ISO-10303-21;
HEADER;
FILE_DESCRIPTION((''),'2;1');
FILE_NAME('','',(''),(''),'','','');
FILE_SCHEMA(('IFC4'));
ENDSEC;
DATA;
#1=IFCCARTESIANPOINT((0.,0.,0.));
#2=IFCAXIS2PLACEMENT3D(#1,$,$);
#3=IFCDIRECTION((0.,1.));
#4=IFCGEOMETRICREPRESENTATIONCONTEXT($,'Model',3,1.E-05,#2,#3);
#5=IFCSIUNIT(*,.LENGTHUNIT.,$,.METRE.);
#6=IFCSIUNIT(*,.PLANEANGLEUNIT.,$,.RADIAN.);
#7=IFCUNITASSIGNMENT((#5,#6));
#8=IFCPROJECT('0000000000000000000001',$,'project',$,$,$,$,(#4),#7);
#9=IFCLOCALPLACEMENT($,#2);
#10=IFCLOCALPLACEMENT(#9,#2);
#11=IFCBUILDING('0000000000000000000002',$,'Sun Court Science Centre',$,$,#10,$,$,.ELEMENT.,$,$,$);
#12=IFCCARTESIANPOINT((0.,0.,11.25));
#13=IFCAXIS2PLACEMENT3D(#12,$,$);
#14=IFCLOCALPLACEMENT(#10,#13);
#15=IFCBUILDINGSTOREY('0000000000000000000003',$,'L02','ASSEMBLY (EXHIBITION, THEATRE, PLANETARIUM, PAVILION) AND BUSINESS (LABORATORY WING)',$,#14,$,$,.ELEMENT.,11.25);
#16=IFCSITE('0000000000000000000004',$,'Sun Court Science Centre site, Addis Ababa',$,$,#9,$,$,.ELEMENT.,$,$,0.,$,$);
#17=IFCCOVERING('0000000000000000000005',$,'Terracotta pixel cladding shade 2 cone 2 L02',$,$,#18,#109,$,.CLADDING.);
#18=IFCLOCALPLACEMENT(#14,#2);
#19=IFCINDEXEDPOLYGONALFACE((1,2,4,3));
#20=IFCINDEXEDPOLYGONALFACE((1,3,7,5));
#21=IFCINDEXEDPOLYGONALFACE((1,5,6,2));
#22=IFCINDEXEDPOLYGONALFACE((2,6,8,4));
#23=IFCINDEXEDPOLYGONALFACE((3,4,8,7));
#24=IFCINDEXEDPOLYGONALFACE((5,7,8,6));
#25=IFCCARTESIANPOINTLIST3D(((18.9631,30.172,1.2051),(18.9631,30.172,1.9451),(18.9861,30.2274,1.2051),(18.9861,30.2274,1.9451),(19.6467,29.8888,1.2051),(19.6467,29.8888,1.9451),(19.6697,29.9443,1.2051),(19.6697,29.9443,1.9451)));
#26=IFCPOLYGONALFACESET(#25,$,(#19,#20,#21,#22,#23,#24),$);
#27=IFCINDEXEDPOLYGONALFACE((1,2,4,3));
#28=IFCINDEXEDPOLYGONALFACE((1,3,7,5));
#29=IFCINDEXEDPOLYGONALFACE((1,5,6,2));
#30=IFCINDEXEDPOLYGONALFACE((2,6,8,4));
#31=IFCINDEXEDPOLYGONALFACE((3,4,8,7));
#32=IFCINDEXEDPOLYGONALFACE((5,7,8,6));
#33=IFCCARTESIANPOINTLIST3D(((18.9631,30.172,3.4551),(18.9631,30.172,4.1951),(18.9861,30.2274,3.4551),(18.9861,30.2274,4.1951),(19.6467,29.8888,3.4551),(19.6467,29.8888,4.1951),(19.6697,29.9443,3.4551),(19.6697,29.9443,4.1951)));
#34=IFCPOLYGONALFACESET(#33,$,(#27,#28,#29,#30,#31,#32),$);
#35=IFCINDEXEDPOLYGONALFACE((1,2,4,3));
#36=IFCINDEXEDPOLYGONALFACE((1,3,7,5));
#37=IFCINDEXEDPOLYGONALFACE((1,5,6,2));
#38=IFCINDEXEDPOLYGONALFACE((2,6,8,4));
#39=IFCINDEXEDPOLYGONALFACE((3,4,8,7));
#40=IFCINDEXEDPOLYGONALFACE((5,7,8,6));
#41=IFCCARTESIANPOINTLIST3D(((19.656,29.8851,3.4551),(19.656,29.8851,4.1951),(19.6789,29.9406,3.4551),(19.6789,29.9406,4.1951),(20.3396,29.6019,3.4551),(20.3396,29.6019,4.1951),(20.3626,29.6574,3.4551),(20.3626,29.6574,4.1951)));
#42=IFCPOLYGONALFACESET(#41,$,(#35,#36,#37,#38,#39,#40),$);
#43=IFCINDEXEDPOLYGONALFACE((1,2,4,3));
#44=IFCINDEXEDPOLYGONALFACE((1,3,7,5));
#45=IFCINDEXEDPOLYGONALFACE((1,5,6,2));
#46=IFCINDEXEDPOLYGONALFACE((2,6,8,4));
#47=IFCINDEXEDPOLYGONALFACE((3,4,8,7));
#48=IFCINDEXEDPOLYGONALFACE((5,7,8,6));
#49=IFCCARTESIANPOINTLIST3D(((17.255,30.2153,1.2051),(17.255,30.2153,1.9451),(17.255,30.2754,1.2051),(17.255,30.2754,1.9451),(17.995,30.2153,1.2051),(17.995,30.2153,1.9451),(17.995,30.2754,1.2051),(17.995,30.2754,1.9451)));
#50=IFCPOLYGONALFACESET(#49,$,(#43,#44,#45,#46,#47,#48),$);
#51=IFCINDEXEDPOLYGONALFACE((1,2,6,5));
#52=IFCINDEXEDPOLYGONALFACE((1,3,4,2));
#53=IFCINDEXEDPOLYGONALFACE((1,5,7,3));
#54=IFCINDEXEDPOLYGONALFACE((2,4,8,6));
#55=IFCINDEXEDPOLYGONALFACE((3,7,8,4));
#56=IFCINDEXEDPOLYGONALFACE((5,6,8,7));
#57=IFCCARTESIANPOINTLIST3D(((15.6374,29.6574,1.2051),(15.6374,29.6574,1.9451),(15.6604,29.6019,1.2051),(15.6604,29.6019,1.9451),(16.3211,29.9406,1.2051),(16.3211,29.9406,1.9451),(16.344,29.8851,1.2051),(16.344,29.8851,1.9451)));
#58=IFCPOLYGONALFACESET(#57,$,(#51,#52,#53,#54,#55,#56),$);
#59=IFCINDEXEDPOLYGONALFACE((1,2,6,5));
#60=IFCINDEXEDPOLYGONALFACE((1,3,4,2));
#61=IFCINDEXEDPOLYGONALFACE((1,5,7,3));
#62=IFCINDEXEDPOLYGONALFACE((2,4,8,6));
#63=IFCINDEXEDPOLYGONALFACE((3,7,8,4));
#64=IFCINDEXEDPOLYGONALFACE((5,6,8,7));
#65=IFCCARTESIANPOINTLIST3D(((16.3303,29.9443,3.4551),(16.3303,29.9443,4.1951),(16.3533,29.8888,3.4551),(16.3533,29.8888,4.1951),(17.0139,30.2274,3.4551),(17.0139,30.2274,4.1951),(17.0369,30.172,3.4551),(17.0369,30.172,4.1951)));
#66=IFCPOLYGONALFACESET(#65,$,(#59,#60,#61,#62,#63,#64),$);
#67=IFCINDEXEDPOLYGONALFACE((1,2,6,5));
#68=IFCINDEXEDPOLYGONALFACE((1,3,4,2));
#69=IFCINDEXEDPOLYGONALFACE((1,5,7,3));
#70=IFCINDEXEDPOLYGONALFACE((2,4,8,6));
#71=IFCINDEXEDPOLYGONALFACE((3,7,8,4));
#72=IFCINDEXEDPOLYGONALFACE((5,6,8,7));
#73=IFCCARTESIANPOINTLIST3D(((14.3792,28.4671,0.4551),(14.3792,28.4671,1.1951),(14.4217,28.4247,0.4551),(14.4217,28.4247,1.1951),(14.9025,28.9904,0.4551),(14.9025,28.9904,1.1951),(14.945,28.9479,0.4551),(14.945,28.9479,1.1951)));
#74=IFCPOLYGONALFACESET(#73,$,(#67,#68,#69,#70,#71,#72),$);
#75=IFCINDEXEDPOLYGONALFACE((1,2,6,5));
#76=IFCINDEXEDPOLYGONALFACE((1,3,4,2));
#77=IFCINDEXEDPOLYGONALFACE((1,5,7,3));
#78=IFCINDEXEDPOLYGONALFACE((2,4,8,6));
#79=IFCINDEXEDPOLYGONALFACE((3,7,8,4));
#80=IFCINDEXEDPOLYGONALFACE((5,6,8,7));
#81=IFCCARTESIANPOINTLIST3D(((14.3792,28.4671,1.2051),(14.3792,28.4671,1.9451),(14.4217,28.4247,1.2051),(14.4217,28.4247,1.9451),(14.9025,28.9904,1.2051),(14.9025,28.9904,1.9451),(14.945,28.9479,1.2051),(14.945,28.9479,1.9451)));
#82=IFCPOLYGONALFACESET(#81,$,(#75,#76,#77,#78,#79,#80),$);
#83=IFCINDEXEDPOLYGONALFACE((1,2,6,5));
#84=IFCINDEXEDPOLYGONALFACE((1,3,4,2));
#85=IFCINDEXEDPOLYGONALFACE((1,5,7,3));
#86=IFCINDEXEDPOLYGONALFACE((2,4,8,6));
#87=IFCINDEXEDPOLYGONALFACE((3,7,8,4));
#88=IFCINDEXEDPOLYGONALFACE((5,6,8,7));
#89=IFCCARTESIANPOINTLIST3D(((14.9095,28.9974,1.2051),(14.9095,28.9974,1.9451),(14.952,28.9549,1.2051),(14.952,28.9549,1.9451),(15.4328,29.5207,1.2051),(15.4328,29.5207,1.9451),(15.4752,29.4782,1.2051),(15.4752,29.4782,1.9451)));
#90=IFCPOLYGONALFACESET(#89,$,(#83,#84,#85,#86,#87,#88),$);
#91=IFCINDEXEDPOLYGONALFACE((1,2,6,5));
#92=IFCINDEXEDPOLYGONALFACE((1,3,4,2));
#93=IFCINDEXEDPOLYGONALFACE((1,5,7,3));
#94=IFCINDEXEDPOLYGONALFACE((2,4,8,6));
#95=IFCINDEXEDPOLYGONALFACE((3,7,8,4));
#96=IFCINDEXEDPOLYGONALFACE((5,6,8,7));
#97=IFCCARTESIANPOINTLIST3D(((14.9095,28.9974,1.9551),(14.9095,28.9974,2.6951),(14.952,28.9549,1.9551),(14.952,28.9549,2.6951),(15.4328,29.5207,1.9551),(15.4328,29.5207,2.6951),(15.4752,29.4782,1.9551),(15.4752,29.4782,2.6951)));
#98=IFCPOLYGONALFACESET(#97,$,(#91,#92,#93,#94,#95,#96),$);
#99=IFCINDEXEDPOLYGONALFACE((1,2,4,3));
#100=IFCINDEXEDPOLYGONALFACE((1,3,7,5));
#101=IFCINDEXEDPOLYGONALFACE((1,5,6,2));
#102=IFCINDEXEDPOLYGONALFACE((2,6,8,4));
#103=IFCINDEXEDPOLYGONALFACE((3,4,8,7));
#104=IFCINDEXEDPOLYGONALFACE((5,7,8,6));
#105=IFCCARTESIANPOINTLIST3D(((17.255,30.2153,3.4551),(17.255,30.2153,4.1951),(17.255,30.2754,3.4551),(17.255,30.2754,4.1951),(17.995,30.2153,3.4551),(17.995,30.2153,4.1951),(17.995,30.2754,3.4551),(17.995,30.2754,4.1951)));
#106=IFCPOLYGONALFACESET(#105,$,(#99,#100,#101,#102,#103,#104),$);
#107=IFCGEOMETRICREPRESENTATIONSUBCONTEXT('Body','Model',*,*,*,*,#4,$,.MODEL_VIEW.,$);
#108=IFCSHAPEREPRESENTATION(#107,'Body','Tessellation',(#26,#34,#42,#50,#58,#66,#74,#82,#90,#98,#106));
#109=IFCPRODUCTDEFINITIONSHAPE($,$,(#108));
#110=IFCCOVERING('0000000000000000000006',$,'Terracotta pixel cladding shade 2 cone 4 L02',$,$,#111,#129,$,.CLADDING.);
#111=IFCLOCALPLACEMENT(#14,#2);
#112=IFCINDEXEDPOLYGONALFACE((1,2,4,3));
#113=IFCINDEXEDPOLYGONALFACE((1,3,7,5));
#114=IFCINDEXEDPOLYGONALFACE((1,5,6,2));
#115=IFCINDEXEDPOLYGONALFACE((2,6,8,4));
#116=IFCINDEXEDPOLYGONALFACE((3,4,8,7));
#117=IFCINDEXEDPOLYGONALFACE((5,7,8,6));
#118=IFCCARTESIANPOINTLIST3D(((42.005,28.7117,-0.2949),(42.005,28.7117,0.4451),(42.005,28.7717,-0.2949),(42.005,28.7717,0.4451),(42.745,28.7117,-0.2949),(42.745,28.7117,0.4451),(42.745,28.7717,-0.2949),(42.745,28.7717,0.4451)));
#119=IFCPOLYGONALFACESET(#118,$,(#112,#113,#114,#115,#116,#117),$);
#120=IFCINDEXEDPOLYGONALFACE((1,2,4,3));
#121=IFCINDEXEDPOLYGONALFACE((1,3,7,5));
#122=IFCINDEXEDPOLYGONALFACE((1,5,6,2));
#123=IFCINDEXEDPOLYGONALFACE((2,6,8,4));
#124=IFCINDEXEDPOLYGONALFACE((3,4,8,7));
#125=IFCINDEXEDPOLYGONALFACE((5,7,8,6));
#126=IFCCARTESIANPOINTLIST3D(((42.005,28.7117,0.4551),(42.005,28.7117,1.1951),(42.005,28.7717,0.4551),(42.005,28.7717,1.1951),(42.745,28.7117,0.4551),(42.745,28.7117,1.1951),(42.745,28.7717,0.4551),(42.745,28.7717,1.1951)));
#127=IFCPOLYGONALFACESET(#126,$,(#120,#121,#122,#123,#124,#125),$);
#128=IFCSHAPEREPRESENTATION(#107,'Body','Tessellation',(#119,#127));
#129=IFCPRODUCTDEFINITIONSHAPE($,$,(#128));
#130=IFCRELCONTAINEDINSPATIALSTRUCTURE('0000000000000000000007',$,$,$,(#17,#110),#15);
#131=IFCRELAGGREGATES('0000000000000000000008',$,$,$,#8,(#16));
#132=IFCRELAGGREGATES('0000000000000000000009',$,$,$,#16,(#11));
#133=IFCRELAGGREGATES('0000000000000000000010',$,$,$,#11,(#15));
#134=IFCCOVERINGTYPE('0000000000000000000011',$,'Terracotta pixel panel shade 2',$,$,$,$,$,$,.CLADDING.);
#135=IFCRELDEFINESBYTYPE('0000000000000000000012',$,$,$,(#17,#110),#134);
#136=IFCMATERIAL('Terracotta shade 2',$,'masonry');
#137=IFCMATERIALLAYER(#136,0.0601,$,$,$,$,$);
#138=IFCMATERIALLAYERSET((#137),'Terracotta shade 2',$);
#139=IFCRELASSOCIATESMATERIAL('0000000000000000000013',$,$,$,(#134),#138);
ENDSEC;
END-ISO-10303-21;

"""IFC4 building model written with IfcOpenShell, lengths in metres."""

from ifc_helpers import new_model, si_unit, direction, frame, origin, origin_2d, place, context, subcontext, project, spatial, rectangle, extrude, material, layer, layer_set, type_object, element, save


model = new_model("IFC4")

# Units and contexts
model_context = context("Model", 3, precision=1e-05, world=origin(), true_north=direction((0.0, 1.0)))
body_context = subcontext(model_context, "Body", "Model", "MODEL_VIEW")
ifc_project = project(units=[si_unit("LENGTHUNIT", "METRE"), si_unit("PLANEANGLEUNIT", "RADIAN")], contexts=[model_context])

# Site, building, storey
site_placement = place(None, origin())
site = spatial("IfcSite", under=ifc_project, at=site_placement, Name="Sun Court Science Centre site, Addis Ababa", CompositionType="ELEMENT", RefElevation=0.0)
building_placement = place(site_placement, origin())
building = spatial("IfcBuilding", under=site, at=building_placement, Name="Sun Court Science Centre", CompositionType="ELEMENT")
storey_placement = place(building_placement, frame((0.0, 0.0, 11.25)))
storey = spatial("IfcBuildingStorey", under=building, at=storey_placement, Name="L02", Description="ASSEMBLY (EXHIBITION, THEATRE, PLANETARIUM, PAVILION) AND BUSINESS (LABORATORY WING)", CompositionType="ELEMENT", Elevation=11.25)

# Coverings
ifc_material_1 = material(Name="Terracotta shade 2", Category="masonry")
ifc_layer_1 = layer(ifc_material_1, 0.0601)
ifc_layer_set_1 = layer_set([ifc_layer_1], Name="Terracotta shade 2")
covering_type_1 = type_object("IfcCoveringType", Name="Terracotta pixel panel shade 2", PredefinedType="CLADDING", material=ifc_layer_set_1)
covering_1_placement = place(storey_placement, frame((0.0, 0.0, -11.25)))
element("IfcCovering", 1, at=covering_1_placement, inside=storey, type_object=covering_type_1, Name="Terracotta pixel cladding shade 2 cone 2 L02", PredefinedType="CLADDING", context=body_context, shape_type="SweptSolid", body=[
    extrude(rectangle(XDim=0.74, YDim=0.0601, at=origin_2d()), frame((19.3164, 30.0581, 12.4551), z_axis=(0.0, 0.0, 1.0), x_axis=(0.92388, -0.382683, 0.0)), (0.0, 0.0, 1.0), 0.74),
    extrude(rectangle(XDim=0.74, YDim=0.0601, at=origin_2d()), frame((19.3164, 30.0581, 14.7051), z_axis=(0.0, 0.0, 1.0), x_axis=(0.92388, -0.382683, 0.0)), (0.0, 0.0, 1.0), 0.74),
    extrude(rectangle(XDim=0.74, YDim=0.0601, at=origin_2d()), frame((20.0093, 29.7712, 14.7051), z_axis=(0.0, 0.0, 1.0), x_axis=(0.92388, -0.382683, 0.0)), (0.0, 0.0, 1.0), 0.74),
    extrude(rectangle(XDim=0.74, YDim=0.0601, at=origin_2d()), frame((17.625, 30.2454, 12.4551), z_axis=(0.0, 0.0, 1.0), x_axis=(1.0, 0.0, 0.0)), (0.0, 0.0, 1.0), 0.74),
    extrude(rectangle(XDim=0.74, YDim=0.0601, at=origin_2d()), frame((15.9907, 29.7712, 12.4551), z_axis=(0.0, 0.0, 1.0), x_axis=(0.92388, 0.382683, 0.0)), (0.0, 0.0, 1.0), 0.74),
    extrude(rectangle(XDim=0.74, YDim=0.0601, at=origin_2d()), frame((16.6836, 30.0581, 14.7051), z_axis=(0.0, 0.0, 1.0), x_axis=(0.92388, 0.382683, 0.0)), (0.0, 0.0, 1.0), 0.74),
    extrude(rectangle(XDim=0.74, YDim=0.0601, at=origin_2d()), frame((14.6621, 28.7075, 11.7051), z_axis=(0.0, 0.0, 1.0), x_axis=(0.707107, 0.707107, 0.0)), (0.0, 0.0, 1.0), 0.74),
    extrude(rectangle(XDim=0.74, YDim=0.0601, at=origin_2d()), frame((14.6621, 28.7075, 12.4551), z_axis=(0.0, 0.0, 1.0), x_axis=(0.707107, 0.707107, 0.0)), (0.0, 0.0, 1.0), 0.74),
    extrude(rectangle(XDim=0.74, YDim=0.0601, at=origin_2d()), frame((15.1924, 29.2378, 12.4551), z_axis=(0.0, 0.0, 1.0), x_axis=(0.707107, 0.707107, 0.0)), (0.0, 0.0, 1.0), 0.74),
    extrude(rectangle(XDim=0.74, YDim=0.0601, at=origin_2d()), frame((15.1924, 29.2378, 13.2051), z_axis=(0.0, 0.0, 1.0), x_axis=(0.707107, 0.707107, 0.0)), (0.0, 0.0, 1.0), 0.74),
    extrude(rectangle(XDim=0.74, YDim=0.0601, at=origin_2d()), frame((17.625, 30.2454, 14.7051), z_axis=(0.0, 0.0, 1.0), x_axis=(1.0, 0.0, 0.0)), (0.0, 0.0, 1.0), 0.74),
])
covering_2_placement = place(storey_placement, frame((0.0, 0.0, -11.25)))
element("IfcCovering", 2, at=covering_2_placement, inside=storey, type_object=covering_type_1, Name="Terracotta pixel cladding shade 2 cone 4 L02", PredefinedType="CLADDING", context=body_context, shape_type="SweptSolid", body=[
    extrude(rectangle(XDim=0.74, YDim=0.0601, at=origin_2d()), frame((42.375, 28.7417, 10.9551), z_axis=(0.0, 0.0, 1.0), x_axis=(1.0, 0.0, 0.0)), (0.0, 0.0, 1.0), 0.74),
    extrude(rectangle(XDim=0.74, YDim=0.0601, at=origin_2d()), frame((42.375, 28.7417, 11.7051), z_axis=(0.0, 0.0, 1.0), x_axis=(1.0, 0.0, 0.0)), (0.0, 0.0, 1.0), 0.74),
])

save(model, "model.ifc")
